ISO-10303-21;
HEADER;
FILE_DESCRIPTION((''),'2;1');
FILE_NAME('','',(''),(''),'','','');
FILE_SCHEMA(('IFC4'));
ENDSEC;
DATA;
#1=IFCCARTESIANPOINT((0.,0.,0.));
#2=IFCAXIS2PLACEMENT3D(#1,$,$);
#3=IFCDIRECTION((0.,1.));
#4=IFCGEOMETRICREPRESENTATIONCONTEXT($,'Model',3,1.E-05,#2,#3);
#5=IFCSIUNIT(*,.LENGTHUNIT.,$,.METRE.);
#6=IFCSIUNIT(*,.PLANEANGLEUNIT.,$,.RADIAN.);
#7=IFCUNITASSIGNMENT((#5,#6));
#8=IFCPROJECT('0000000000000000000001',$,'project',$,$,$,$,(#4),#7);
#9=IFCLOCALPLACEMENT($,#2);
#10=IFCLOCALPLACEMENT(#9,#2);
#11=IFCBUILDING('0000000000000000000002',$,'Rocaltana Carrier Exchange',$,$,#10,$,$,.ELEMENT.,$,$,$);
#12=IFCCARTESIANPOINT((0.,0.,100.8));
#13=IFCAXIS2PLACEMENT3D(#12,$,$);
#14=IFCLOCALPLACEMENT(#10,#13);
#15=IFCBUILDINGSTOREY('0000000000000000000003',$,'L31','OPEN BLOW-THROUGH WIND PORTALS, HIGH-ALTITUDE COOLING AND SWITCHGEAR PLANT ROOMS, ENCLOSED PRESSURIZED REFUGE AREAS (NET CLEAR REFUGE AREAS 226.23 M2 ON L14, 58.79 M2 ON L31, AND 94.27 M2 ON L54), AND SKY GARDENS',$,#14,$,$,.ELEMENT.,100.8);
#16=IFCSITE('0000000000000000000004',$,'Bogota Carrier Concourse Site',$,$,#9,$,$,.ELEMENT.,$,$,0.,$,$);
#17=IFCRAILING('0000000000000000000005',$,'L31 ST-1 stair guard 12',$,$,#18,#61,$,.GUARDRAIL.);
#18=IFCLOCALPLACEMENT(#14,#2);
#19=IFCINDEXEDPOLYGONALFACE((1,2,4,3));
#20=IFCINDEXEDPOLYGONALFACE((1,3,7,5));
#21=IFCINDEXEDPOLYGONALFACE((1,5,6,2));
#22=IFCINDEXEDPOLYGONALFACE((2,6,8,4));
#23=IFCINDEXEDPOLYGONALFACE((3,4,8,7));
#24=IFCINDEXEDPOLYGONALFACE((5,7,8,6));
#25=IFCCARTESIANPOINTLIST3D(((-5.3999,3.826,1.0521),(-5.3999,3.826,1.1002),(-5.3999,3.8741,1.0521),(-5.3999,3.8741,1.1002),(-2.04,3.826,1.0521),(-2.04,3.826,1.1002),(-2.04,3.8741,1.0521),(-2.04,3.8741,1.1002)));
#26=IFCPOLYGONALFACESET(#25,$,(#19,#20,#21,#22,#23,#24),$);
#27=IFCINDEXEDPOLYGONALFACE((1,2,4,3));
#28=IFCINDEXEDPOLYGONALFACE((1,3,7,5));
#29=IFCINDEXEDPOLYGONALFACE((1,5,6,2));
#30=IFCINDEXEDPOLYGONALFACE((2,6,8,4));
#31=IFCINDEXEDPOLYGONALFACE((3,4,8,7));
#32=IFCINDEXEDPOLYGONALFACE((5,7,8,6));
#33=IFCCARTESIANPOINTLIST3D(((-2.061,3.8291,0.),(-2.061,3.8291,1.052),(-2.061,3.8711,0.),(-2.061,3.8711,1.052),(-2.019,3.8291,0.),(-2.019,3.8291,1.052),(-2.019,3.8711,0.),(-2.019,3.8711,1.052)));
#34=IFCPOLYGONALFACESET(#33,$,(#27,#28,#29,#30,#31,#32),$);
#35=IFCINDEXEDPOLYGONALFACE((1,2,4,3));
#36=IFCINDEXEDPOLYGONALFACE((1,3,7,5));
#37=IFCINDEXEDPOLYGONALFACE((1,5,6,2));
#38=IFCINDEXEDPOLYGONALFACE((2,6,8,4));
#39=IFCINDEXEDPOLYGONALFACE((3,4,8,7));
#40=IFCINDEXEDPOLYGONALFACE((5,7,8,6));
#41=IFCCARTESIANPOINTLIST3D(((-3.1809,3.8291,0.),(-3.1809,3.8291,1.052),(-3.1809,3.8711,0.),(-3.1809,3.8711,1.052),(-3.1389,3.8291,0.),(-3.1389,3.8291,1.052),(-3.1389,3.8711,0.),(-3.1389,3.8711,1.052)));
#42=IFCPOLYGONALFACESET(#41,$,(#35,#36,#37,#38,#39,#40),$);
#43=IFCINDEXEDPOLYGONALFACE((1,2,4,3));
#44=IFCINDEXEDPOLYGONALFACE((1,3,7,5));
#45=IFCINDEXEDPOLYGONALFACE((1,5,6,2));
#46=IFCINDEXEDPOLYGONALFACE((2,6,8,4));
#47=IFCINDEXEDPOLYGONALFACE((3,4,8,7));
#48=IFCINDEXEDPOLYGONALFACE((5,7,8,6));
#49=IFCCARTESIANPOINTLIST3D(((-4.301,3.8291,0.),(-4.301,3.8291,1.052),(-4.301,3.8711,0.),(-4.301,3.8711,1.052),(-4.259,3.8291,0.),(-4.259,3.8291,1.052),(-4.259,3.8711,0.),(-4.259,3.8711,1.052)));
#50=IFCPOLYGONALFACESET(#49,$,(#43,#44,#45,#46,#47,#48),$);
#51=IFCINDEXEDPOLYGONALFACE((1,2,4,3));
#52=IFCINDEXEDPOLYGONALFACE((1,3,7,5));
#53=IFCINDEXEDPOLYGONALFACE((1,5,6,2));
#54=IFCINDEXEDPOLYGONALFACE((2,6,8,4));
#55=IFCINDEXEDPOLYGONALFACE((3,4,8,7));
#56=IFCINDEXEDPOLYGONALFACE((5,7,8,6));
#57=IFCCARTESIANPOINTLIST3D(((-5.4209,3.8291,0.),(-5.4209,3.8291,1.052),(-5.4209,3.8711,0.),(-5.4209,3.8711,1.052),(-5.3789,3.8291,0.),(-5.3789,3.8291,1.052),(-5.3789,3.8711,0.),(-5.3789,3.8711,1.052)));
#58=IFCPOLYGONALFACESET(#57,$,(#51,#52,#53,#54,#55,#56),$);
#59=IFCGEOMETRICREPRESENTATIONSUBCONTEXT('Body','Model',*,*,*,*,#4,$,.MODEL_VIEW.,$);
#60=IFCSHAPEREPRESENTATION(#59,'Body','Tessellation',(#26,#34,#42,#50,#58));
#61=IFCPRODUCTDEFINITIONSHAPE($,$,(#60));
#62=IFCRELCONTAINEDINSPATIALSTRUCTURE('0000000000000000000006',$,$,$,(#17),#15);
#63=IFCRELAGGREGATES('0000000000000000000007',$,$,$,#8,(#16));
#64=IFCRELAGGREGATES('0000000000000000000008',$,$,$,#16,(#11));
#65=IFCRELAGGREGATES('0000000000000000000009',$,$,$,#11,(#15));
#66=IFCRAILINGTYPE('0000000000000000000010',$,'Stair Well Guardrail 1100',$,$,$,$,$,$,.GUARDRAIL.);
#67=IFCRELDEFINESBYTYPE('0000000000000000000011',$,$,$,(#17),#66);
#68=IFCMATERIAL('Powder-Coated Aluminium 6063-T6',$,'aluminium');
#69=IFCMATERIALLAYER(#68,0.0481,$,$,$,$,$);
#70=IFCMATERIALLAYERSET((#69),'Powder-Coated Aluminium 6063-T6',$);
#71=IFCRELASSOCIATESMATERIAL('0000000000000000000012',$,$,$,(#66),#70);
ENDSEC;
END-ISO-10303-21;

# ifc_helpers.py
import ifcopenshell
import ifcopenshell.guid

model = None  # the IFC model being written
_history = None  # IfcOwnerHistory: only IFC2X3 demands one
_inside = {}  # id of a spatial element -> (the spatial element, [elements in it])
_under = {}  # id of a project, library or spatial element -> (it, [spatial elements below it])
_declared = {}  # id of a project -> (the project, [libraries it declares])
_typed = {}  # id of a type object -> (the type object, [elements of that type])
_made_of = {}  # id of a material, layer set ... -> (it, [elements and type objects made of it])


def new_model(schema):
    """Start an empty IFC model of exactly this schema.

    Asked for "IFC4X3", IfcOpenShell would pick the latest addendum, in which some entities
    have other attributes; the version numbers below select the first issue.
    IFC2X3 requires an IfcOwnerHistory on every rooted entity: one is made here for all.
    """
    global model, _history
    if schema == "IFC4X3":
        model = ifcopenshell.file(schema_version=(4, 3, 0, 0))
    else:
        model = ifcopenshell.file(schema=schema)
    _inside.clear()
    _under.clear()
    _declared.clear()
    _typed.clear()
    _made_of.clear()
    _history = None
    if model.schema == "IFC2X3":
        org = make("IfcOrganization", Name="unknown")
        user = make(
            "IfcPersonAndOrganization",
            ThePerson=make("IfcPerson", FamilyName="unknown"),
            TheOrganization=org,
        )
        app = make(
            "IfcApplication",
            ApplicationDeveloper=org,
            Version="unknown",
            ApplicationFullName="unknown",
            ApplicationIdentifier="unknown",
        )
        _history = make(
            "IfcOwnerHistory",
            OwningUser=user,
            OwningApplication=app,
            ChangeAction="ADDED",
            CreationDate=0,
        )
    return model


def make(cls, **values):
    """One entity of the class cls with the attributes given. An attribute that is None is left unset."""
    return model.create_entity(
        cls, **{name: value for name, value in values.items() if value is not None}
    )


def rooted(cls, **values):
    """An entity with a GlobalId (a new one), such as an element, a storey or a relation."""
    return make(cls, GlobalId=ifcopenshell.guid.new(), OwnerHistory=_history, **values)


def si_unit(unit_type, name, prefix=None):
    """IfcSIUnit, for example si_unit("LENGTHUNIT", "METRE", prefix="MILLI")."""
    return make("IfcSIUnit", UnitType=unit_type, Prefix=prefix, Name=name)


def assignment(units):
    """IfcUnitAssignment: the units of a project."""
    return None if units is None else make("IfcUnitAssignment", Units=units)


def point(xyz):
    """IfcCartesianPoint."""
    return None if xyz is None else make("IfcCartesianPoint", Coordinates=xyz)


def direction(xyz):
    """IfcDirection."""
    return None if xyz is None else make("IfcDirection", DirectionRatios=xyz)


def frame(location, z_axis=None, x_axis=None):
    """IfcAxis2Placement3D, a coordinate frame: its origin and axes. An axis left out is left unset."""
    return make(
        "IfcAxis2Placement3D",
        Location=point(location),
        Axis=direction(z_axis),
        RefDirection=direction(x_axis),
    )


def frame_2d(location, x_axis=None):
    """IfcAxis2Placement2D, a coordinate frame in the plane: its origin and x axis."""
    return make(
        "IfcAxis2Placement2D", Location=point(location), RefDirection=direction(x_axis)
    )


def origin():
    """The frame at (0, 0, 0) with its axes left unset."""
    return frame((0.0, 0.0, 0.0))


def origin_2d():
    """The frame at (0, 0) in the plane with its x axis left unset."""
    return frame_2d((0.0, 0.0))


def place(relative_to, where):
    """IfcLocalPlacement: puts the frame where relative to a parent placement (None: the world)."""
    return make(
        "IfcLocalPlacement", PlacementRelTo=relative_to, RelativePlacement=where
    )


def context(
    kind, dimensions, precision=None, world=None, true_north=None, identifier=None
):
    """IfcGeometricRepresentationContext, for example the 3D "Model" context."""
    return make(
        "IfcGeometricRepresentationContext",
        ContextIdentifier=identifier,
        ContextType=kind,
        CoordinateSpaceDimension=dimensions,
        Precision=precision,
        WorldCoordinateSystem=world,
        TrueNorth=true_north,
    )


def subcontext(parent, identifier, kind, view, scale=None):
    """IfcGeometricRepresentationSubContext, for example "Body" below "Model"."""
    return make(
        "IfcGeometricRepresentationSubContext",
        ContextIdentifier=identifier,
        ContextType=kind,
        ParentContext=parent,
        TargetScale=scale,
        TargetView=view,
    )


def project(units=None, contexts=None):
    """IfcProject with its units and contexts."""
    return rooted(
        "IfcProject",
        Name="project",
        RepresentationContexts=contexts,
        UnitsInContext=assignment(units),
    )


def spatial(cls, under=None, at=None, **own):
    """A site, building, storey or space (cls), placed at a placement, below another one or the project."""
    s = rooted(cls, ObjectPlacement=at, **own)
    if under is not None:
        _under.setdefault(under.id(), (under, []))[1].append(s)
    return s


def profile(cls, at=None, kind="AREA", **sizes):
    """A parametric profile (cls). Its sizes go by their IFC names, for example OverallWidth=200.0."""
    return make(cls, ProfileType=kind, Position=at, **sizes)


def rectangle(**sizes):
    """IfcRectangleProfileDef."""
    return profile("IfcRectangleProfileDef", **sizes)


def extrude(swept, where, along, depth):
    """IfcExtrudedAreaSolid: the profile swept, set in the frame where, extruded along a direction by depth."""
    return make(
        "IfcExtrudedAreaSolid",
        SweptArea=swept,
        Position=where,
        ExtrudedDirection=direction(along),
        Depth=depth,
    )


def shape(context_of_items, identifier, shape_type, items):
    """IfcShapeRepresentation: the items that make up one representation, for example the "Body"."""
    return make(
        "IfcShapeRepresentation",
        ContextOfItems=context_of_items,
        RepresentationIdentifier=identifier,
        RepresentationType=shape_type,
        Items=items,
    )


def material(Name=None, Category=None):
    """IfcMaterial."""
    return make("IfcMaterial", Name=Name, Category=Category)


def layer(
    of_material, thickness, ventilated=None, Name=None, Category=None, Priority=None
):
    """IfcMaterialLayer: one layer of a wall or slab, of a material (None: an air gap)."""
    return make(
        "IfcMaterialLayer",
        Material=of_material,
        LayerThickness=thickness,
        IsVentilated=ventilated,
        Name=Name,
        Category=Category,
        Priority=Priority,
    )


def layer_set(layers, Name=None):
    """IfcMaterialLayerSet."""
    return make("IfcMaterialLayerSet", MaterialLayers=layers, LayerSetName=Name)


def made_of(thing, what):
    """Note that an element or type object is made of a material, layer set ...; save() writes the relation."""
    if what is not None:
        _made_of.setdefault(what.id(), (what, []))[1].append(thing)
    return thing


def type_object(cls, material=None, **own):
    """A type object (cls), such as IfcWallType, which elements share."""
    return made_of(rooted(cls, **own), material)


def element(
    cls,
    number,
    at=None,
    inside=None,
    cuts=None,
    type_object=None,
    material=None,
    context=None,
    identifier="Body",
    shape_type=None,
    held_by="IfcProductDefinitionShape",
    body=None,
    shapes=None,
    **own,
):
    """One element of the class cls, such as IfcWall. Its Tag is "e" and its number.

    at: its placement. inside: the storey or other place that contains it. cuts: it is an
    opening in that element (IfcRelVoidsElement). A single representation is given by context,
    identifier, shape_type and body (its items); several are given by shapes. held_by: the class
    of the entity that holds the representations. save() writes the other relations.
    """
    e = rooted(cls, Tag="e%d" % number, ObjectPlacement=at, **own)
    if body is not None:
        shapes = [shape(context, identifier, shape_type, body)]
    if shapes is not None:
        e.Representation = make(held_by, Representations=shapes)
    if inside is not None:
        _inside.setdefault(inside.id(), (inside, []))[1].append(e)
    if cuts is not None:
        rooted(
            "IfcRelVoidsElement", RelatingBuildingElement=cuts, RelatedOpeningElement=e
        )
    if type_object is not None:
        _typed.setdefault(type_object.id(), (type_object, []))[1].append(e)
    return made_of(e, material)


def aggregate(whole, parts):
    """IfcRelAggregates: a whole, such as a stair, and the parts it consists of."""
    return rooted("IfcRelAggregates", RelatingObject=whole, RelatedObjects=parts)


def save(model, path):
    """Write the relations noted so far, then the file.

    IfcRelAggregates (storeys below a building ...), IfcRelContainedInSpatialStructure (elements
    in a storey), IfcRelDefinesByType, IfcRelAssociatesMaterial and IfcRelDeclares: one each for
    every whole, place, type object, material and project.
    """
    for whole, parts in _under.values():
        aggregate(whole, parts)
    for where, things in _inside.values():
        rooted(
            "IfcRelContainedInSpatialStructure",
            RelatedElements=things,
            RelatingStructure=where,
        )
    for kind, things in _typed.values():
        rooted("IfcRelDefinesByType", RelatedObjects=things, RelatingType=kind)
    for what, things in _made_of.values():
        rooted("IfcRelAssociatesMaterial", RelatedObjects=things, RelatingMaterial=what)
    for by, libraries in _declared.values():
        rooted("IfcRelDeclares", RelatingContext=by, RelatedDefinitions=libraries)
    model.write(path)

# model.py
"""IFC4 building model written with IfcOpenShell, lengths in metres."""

from ifc_helpers import new_model, si_unit, direction, frame, origin, origin_2d, place, context, subcontext, project, spatial, rectangle, extrude, material, layer, layer_set, type_object, element, save


model = new_model("IFC4")

# Units and contexts
model_context = context("Model", 3, precision=1e-05, world=origin(), true_north=direction((0.0, 1.0)))
body_context = subcontext(model_context, "Body", "Model", "MODEL_VIEW")
ifc_project = project(units=[si_unit("LENGTHUNIT", "METRE"), si_unit("PLANEANGLEUNIT", "RADIAN")], contexts=[model_context])

# Site, building, storey
site_placement = place(None, origin())
site = spatial("IfcSite", under=ifc_project, at=site_placement, Name="Bogota Carrier Concourse Site", CompositionType="ELEMENT", RefElevation=0.0)
building_placement = place(site_placement, origin())
building = spatial("IfcBuilding", under=site, at=building_placement, Name="Rocaltana Carrier Exchange", CompositionType="ELEMENT")
storey_placement = place(building_placement, frame((0.0, 0.0, 100.8)))
storey = spatial("IfcBuildingStorey", under=building, at=storey_placement, Name="L31", Description="OPEN BLOW-THROUGH WIND PORTALS, HIGH-ALTITUDE COOLING AND SWITCHGEAR PLANT ROOMS, ENCLOSED PRESSURIZED REFUGE AREAS (NET CLEAR REFUGE AREAS 226.23 M2 ON L14, 58.79 M2 ON L31, AND 94.27 M2 ON L54), AND SKY GARDENS", CompositionType="ELEMENT", Elevation=100.8)

# Railing
ifc_material_1 = material(Name="Powder-Coated Aluminium 6063-T6", Category="aluminium")
ifc_layer_1 = layer(ifc_material_1, 0.0481)
ifc_layer_set_1 = layer_set([ifc_layer_1], Name="Powder-Coated Aluminium 6063-T6")
railing_type = type_object("IfcRailingType", Name="Stair Well Guardrail 1100", PredefinedType="GUARDRAIL", material=ifc_layer_set_1)
railing_placement = place(storey_placement, frame((-2.04, 3.8501, 0.0)))
element("IfcRailing", 1, at=railing_placement, inside=storey, type_object=railing_type, Name="L31 ST-1 stair guard 12", PredefinedType="GUARDRAIL", context=body_context, shape_type="SweptSolid", body=[
    extrude(rectangle(XDim=0.0481, YDim=0.0481, at=origin_2d()), frame((0.0, 0.0, 1.0762), z_axis=(-1.0, 0.0, 0.0), x_axis=(0.0, -1.0, 0.0)), (0.0, 0.0, 1.0), 3.3599),
    extrude(rectangle(XDim=0.042, YDim=0.042, at=origin_2d()), origin(), (0.0, 0.0, 1.0), 1.052),
    extrude(rectangle(XDim=0.042, YDim=0.042, at=origin_2d()), frame((-1.1199, 0.0, 0.0)), (0.0, 0.0, 1.0), 1.052),
    extrude(rectangle(XDim=0.042, YDim=0.042, at=origin_2d()), frame((-2.24, 0.0, 0.0)), (0.0, 0.0, 1.0), 1.052),
    extrude(rectangle(XDim=0.042, YDim=0.042, at=origin_2d()), frame((-3.3599, 0.0, 0.0)), (0.0, 0.0, 1.0), 1.052),
])

save(model, "model.ifc")
